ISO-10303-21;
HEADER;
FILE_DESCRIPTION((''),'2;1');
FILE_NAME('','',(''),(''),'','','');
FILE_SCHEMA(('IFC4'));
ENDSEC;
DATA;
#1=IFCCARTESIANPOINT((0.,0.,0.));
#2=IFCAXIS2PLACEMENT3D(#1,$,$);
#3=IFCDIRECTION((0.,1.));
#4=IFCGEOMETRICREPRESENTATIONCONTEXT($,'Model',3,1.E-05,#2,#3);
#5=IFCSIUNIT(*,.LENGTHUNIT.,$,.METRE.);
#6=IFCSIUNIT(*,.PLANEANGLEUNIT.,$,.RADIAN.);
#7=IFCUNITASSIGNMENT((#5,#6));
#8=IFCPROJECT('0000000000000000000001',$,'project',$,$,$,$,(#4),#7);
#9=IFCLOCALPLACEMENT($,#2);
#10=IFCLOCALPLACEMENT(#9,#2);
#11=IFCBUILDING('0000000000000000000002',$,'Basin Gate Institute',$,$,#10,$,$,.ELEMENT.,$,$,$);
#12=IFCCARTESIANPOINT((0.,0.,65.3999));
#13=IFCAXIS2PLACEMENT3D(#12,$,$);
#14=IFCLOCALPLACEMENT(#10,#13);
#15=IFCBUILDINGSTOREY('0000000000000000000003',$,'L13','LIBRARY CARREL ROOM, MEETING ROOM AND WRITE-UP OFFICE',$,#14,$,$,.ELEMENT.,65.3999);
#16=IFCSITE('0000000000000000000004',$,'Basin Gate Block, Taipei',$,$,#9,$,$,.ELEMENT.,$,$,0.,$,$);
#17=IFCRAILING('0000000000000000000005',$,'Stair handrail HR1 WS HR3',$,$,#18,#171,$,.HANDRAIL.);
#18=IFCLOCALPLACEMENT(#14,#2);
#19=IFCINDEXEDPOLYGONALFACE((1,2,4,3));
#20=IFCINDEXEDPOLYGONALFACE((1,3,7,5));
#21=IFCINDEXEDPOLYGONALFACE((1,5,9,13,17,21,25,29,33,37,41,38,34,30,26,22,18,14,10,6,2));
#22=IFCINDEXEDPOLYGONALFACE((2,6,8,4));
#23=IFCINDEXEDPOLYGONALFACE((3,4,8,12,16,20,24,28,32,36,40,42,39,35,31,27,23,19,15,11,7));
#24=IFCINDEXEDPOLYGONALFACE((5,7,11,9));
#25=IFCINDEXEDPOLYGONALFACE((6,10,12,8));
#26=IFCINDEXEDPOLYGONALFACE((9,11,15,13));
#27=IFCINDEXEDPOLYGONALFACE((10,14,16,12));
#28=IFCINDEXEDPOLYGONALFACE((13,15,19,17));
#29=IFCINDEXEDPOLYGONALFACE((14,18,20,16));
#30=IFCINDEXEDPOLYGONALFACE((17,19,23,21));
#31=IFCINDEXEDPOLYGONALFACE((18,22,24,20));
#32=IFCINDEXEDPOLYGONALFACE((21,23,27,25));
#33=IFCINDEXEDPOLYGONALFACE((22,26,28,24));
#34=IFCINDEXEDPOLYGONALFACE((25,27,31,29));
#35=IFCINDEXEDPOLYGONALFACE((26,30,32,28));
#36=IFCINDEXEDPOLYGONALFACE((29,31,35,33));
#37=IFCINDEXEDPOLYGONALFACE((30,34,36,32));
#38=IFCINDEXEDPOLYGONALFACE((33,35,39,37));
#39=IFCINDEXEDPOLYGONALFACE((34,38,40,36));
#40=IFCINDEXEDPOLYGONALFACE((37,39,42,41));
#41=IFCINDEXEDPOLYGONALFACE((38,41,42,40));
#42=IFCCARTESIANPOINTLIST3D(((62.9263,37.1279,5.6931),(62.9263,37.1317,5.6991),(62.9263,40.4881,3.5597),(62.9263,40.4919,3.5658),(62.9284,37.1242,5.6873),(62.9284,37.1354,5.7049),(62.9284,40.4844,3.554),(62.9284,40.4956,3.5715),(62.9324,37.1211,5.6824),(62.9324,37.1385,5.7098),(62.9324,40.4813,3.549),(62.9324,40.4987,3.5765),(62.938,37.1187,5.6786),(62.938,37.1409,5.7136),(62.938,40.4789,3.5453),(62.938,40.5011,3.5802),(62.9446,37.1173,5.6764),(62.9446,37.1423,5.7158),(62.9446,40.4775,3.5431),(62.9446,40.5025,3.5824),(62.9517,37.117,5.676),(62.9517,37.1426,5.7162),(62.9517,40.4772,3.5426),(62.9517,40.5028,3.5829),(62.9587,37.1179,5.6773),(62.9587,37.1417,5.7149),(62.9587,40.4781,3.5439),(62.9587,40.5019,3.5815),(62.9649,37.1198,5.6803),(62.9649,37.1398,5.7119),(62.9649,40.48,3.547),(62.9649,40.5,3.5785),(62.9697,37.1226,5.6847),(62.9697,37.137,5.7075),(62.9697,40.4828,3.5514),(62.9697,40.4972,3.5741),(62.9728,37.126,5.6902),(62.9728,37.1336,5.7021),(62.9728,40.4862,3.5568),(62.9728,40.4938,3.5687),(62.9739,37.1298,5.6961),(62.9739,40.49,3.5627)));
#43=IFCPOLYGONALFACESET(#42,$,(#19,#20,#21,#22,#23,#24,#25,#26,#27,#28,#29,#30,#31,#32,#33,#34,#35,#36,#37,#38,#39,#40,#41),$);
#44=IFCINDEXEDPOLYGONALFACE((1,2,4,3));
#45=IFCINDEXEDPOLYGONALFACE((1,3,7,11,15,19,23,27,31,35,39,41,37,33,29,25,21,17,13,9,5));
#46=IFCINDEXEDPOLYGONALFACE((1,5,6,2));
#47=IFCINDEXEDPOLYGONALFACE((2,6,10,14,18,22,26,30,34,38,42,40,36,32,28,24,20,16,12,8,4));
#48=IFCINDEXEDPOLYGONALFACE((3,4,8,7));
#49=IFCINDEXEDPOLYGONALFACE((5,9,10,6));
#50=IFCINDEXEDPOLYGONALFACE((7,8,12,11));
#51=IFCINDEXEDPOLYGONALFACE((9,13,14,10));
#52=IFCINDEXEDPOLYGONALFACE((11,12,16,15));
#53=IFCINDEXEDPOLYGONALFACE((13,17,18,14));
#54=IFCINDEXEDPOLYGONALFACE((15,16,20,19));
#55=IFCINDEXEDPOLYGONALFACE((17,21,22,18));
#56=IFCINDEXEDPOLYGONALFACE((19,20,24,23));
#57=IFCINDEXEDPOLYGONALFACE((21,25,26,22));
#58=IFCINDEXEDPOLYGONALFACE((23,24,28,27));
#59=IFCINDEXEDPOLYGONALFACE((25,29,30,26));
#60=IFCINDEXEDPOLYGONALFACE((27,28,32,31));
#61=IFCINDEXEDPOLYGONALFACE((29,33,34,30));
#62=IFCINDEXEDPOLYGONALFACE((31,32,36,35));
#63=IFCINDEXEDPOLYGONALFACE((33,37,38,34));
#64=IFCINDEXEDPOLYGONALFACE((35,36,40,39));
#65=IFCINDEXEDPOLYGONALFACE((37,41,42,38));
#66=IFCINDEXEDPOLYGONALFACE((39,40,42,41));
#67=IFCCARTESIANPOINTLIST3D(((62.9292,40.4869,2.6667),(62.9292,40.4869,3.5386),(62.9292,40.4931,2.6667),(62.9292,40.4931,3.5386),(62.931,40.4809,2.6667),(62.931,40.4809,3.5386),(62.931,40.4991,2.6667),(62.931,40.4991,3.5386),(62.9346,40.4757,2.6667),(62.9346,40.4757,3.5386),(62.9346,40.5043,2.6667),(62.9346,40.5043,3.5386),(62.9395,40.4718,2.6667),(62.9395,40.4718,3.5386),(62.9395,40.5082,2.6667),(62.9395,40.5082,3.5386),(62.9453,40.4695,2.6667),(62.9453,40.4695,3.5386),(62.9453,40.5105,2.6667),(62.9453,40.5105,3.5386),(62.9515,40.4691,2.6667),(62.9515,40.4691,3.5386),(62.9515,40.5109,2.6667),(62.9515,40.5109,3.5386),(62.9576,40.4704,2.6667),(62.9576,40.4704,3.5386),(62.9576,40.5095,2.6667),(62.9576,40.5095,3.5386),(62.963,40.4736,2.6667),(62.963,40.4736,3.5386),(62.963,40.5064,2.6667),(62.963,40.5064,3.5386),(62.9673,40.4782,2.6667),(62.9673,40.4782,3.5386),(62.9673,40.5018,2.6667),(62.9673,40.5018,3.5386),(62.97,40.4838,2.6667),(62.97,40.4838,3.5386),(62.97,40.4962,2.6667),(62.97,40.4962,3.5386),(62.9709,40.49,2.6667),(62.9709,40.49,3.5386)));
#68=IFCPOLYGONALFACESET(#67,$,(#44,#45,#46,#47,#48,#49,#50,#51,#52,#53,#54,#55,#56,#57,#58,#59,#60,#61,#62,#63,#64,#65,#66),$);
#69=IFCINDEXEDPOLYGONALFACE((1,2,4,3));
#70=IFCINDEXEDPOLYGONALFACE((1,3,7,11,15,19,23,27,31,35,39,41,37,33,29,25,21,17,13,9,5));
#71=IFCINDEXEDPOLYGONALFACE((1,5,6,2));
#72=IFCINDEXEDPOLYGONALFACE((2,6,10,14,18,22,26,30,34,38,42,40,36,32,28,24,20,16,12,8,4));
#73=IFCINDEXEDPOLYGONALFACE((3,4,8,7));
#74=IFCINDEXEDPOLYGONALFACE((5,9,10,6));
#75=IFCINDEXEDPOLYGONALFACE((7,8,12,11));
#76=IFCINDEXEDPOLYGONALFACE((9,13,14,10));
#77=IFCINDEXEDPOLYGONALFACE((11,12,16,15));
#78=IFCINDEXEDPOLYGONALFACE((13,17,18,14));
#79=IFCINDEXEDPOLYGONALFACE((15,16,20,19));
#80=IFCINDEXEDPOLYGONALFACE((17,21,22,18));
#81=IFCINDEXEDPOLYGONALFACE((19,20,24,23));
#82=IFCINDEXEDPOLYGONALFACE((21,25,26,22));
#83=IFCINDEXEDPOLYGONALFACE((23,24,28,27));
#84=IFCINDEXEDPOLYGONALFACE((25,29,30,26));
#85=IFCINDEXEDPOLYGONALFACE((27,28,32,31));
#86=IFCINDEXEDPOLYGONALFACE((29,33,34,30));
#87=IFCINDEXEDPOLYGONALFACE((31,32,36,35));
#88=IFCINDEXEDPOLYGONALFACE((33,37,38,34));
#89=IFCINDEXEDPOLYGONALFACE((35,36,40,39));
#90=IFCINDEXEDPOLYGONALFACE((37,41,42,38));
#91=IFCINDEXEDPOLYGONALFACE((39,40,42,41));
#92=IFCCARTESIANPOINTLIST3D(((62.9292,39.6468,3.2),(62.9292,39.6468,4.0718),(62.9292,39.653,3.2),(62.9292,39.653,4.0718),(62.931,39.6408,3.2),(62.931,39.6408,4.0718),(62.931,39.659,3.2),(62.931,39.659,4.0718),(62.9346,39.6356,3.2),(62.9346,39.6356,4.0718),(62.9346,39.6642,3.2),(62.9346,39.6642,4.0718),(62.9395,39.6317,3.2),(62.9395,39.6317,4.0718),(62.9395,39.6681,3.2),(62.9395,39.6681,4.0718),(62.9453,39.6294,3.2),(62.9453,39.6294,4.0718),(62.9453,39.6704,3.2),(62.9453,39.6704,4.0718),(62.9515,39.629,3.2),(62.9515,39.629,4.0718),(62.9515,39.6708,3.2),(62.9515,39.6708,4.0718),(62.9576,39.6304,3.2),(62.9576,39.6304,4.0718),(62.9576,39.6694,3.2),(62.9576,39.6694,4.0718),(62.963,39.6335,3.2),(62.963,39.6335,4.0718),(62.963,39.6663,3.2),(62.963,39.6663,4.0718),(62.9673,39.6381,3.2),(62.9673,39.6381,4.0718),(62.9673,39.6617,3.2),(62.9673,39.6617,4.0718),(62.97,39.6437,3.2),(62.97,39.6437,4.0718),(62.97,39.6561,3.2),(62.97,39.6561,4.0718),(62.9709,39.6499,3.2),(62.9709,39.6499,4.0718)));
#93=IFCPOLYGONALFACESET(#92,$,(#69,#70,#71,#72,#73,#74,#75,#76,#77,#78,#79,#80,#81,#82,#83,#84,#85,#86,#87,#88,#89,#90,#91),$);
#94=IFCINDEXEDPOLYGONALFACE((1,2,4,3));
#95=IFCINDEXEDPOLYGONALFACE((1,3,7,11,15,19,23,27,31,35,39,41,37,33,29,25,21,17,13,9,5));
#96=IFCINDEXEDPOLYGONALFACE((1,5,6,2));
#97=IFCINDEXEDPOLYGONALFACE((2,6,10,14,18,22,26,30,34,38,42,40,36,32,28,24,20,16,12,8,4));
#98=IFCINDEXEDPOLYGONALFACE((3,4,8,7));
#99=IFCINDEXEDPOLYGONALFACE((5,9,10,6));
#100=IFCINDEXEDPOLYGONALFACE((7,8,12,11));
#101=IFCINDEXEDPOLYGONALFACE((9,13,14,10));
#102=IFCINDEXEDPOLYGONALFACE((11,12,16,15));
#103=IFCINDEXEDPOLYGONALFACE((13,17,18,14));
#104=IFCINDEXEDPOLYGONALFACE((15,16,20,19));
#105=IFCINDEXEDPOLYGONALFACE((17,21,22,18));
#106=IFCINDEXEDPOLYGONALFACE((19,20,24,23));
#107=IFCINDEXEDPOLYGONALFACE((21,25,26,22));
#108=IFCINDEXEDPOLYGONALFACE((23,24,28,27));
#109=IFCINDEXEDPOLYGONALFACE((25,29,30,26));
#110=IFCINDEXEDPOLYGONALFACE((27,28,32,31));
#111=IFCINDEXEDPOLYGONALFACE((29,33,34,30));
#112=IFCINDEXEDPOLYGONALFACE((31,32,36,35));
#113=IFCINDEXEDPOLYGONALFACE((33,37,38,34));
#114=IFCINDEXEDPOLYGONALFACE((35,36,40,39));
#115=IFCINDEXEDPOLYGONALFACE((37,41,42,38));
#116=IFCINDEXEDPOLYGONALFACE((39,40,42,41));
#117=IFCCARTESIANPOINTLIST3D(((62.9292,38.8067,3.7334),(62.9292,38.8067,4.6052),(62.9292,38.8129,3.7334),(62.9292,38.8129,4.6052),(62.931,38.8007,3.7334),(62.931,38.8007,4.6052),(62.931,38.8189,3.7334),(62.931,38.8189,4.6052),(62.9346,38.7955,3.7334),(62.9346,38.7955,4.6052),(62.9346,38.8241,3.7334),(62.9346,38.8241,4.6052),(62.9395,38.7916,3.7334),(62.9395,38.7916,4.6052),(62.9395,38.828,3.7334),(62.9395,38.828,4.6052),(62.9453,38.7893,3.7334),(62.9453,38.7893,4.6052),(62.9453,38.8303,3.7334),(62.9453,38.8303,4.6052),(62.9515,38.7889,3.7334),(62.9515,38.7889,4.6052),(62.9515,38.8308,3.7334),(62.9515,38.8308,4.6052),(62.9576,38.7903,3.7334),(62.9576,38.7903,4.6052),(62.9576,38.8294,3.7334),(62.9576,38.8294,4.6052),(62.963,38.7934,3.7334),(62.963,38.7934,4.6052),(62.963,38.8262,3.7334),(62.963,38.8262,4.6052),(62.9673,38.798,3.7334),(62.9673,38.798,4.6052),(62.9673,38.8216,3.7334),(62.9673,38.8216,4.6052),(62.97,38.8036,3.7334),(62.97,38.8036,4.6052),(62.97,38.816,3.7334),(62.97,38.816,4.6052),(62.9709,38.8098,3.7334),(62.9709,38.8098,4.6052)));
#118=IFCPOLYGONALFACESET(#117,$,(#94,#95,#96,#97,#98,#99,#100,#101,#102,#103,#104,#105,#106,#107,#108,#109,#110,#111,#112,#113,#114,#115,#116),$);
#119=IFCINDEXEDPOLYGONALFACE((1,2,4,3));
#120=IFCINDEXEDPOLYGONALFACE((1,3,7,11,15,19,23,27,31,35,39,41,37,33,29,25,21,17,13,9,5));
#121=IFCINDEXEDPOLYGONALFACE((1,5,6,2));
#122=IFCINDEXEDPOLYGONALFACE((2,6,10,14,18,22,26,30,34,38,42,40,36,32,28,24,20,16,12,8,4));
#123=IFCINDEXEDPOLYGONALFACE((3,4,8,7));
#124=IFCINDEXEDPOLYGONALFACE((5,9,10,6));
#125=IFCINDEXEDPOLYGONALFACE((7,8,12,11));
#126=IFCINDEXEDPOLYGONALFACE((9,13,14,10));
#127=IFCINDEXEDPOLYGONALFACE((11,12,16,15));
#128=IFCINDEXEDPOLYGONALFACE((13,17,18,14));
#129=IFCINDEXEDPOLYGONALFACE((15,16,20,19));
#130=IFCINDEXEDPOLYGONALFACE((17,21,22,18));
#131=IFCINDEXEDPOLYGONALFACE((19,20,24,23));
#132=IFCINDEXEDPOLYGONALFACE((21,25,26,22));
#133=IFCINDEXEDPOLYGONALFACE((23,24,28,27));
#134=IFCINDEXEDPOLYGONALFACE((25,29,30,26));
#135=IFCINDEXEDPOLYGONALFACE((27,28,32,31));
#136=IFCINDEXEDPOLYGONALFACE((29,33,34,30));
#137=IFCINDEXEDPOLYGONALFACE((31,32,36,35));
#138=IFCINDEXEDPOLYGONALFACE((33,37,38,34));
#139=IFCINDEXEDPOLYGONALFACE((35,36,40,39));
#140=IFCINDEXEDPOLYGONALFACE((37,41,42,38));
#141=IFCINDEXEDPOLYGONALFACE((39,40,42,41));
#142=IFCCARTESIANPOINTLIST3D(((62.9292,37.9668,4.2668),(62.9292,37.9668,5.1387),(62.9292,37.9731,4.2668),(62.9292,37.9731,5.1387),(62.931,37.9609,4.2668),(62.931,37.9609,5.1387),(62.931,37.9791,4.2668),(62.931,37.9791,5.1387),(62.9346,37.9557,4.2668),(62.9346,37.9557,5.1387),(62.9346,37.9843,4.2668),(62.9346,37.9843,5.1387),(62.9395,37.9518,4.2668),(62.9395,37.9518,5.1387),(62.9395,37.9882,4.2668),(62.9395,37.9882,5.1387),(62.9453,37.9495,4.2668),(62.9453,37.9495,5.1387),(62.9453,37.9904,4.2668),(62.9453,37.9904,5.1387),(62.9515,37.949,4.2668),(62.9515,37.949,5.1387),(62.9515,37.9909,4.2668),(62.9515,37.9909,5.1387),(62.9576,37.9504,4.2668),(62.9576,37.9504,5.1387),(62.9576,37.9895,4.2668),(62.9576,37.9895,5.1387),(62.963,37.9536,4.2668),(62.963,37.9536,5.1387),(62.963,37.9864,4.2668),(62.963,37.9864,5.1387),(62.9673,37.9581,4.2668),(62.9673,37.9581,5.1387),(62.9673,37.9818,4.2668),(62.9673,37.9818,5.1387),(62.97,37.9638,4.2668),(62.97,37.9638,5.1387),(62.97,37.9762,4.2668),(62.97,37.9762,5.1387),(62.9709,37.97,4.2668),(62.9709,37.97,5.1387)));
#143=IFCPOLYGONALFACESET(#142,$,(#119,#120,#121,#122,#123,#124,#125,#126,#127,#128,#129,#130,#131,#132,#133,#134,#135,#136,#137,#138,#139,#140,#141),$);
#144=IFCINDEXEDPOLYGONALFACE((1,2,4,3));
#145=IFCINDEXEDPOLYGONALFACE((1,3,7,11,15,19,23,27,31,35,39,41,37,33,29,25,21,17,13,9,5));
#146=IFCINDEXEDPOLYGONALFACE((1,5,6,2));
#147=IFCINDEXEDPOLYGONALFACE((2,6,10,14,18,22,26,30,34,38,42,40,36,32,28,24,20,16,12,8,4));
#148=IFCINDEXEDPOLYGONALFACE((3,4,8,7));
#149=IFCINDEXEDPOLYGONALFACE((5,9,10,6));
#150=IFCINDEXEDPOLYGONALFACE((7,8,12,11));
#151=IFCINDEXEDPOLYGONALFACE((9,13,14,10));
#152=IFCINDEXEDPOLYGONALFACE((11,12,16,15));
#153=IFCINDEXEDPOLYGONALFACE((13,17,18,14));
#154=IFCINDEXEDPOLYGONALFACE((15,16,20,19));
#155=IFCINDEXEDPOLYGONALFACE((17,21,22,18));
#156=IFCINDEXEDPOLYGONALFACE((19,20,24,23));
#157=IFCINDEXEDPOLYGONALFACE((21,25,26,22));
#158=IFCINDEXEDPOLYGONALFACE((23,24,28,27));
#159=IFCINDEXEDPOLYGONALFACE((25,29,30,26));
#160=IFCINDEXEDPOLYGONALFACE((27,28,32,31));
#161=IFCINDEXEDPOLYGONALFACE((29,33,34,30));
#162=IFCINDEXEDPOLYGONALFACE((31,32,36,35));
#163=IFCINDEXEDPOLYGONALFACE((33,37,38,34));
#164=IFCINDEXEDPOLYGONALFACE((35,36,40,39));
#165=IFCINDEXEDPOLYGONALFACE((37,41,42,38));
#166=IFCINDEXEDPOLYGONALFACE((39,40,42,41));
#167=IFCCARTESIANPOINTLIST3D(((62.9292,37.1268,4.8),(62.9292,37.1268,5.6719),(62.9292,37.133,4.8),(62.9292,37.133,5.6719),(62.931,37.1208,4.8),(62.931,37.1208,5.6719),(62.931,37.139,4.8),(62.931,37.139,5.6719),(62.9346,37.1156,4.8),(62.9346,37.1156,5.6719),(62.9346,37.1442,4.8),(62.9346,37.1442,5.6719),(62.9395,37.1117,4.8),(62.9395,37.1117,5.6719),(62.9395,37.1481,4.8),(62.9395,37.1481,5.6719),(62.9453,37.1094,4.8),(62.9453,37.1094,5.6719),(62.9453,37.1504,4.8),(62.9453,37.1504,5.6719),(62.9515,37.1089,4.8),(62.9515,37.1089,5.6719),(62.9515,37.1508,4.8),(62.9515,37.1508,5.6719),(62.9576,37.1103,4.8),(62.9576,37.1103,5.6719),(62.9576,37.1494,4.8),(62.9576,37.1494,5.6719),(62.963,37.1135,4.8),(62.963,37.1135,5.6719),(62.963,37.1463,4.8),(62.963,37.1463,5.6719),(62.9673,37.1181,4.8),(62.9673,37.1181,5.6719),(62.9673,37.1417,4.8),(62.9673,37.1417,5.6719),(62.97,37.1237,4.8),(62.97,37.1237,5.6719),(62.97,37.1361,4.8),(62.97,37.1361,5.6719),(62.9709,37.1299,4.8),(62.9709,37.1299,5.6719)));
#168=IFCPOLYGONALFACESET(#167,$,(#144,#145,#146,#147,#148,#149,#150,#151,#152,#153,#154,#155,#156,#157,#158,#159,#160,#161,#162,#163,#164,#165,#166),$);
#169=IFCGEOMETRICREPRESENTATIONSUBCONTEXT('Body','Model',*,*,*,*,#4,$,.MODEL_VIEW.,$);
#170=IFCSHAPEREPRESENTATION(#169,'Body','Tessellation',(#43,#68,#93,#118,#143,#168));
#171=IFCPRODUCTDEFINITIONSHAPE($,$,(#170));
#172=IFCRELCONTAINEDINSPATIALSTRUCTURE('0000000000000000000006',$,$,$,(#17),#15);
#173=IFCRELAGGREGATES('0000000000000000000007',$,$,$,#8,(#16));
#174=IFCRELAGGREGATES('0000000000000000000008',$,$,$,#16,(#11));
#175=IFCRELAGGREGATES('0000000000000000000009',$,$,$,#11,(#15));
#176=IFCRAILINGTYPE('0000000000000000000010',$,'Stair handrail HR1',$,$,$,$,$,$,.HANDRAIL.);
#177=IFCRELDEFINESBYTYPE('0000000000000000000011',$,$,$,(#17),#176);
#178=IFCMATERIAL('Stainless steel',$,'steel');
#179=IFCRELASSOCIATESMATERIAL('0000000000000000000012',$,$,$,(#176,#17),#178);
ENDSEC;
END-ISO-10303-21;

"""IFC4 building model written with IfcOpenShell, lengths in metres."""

from ifc_helpers import new_model, si_unit, direction, frame, origin, origin_2d, place, context, subcontext, project, spatial, circle, extrude, material, type_object, element, save


model = new_model("IFC4")

# Units and contexts
model_context = context("Model", 3, precision=1e-05, world=origin(), true_north=direction((0.0, 1.0)))
body_context = subcontext(model_context, "Body", "Model", "MODEL_VIEW")
ifc_project = project(units=[si_unit("LENGTHUNIT", "METRE"), si_unit("PLANEANGLEUNIT", "RADIAN")], contexts=[model_context])

# Site, building, storey
site_placement = place(None, origin())
site = spatial("IfcSite", under=ifc_project, at=site_placement, Name="Basin Gate Block, Taipei", CompositionType="ELEMENT", RefElevation=0.0)
building_placement = place(site_placement, origin())
building = spatial("IfcBuilding", under=site, at=building_placement, Name="Basin Gate Institute", CompositionType="ELEMENT")
storey_placement = place(building_placement, frame((0.0, 0.0, 65.3999)))
storey = spatial("IfcBuildingStorey", under=building, at=storey_placement, Name="L13", Description="LIBRARY CARREL ROOM, MEETING ROOM AND WRITE-UP OFFICE", CompositionType="ELEMENT", Elevation=65.3999)

# Railing
ifc_material_1 = material(Name="Stainless steel", Category="steel")
railing_type_1 = type_object("IfcRailingType", Name="Stair handrail HR1", PredefinedType="HANDRAIL", material=ifc_material_1)
railing_1_placement = place(storey_placement, frame((62.95, 40.49, 2.6667)))
element("IfcRailing", 1, at=railing_1_placement, inside=storey, type_object=railing_type_1, material=ifc_material_1, Name="Stair handrail HR1 WS HR3", PredefinedType="HANDRAIL", context=body_context, shape_type="SweptSolid", body=[
    extrude(circle(Radius=0.0239, at=origin_2d()), frame((0.0, 0.0, 0.896), z_axis=(0.0, -0.844224, 0.53599), x_axis=(1.0, 0.0, 0.0)), (0.0, 0.0, 1.0), 3.9802),
    extrude(circle(Radius=0.021, at=origin_2d()), origin(), (0.0, 0.0, 1.0), 0.8718),
    extrude(circle(Radius=0.021, at=origin_2d()), frame((0.0, -0.8401, 0.5332)), (0.0, 0.0, 1.0), 0.8718),
    extrude(circle(Radius=0.021, at=origin_2d()), frame((0.0, -1.6802, 1.0667)), (0.0, 0.0, 1.0), 0.8718),
    extrude(circle(Radius=0.021, at=origin_2d()), frame((0.0, -2.52, 1.6001)), (0.0, 0.0, 1.0), 0.8718),
    extrude(circle(Radius=0.021, at=origin_2d()), frame((0.0, -3.3601, 2.1333)), (0.0, 0.0, 1.0), 0.8718),
])

save(model, "model.ifc")
